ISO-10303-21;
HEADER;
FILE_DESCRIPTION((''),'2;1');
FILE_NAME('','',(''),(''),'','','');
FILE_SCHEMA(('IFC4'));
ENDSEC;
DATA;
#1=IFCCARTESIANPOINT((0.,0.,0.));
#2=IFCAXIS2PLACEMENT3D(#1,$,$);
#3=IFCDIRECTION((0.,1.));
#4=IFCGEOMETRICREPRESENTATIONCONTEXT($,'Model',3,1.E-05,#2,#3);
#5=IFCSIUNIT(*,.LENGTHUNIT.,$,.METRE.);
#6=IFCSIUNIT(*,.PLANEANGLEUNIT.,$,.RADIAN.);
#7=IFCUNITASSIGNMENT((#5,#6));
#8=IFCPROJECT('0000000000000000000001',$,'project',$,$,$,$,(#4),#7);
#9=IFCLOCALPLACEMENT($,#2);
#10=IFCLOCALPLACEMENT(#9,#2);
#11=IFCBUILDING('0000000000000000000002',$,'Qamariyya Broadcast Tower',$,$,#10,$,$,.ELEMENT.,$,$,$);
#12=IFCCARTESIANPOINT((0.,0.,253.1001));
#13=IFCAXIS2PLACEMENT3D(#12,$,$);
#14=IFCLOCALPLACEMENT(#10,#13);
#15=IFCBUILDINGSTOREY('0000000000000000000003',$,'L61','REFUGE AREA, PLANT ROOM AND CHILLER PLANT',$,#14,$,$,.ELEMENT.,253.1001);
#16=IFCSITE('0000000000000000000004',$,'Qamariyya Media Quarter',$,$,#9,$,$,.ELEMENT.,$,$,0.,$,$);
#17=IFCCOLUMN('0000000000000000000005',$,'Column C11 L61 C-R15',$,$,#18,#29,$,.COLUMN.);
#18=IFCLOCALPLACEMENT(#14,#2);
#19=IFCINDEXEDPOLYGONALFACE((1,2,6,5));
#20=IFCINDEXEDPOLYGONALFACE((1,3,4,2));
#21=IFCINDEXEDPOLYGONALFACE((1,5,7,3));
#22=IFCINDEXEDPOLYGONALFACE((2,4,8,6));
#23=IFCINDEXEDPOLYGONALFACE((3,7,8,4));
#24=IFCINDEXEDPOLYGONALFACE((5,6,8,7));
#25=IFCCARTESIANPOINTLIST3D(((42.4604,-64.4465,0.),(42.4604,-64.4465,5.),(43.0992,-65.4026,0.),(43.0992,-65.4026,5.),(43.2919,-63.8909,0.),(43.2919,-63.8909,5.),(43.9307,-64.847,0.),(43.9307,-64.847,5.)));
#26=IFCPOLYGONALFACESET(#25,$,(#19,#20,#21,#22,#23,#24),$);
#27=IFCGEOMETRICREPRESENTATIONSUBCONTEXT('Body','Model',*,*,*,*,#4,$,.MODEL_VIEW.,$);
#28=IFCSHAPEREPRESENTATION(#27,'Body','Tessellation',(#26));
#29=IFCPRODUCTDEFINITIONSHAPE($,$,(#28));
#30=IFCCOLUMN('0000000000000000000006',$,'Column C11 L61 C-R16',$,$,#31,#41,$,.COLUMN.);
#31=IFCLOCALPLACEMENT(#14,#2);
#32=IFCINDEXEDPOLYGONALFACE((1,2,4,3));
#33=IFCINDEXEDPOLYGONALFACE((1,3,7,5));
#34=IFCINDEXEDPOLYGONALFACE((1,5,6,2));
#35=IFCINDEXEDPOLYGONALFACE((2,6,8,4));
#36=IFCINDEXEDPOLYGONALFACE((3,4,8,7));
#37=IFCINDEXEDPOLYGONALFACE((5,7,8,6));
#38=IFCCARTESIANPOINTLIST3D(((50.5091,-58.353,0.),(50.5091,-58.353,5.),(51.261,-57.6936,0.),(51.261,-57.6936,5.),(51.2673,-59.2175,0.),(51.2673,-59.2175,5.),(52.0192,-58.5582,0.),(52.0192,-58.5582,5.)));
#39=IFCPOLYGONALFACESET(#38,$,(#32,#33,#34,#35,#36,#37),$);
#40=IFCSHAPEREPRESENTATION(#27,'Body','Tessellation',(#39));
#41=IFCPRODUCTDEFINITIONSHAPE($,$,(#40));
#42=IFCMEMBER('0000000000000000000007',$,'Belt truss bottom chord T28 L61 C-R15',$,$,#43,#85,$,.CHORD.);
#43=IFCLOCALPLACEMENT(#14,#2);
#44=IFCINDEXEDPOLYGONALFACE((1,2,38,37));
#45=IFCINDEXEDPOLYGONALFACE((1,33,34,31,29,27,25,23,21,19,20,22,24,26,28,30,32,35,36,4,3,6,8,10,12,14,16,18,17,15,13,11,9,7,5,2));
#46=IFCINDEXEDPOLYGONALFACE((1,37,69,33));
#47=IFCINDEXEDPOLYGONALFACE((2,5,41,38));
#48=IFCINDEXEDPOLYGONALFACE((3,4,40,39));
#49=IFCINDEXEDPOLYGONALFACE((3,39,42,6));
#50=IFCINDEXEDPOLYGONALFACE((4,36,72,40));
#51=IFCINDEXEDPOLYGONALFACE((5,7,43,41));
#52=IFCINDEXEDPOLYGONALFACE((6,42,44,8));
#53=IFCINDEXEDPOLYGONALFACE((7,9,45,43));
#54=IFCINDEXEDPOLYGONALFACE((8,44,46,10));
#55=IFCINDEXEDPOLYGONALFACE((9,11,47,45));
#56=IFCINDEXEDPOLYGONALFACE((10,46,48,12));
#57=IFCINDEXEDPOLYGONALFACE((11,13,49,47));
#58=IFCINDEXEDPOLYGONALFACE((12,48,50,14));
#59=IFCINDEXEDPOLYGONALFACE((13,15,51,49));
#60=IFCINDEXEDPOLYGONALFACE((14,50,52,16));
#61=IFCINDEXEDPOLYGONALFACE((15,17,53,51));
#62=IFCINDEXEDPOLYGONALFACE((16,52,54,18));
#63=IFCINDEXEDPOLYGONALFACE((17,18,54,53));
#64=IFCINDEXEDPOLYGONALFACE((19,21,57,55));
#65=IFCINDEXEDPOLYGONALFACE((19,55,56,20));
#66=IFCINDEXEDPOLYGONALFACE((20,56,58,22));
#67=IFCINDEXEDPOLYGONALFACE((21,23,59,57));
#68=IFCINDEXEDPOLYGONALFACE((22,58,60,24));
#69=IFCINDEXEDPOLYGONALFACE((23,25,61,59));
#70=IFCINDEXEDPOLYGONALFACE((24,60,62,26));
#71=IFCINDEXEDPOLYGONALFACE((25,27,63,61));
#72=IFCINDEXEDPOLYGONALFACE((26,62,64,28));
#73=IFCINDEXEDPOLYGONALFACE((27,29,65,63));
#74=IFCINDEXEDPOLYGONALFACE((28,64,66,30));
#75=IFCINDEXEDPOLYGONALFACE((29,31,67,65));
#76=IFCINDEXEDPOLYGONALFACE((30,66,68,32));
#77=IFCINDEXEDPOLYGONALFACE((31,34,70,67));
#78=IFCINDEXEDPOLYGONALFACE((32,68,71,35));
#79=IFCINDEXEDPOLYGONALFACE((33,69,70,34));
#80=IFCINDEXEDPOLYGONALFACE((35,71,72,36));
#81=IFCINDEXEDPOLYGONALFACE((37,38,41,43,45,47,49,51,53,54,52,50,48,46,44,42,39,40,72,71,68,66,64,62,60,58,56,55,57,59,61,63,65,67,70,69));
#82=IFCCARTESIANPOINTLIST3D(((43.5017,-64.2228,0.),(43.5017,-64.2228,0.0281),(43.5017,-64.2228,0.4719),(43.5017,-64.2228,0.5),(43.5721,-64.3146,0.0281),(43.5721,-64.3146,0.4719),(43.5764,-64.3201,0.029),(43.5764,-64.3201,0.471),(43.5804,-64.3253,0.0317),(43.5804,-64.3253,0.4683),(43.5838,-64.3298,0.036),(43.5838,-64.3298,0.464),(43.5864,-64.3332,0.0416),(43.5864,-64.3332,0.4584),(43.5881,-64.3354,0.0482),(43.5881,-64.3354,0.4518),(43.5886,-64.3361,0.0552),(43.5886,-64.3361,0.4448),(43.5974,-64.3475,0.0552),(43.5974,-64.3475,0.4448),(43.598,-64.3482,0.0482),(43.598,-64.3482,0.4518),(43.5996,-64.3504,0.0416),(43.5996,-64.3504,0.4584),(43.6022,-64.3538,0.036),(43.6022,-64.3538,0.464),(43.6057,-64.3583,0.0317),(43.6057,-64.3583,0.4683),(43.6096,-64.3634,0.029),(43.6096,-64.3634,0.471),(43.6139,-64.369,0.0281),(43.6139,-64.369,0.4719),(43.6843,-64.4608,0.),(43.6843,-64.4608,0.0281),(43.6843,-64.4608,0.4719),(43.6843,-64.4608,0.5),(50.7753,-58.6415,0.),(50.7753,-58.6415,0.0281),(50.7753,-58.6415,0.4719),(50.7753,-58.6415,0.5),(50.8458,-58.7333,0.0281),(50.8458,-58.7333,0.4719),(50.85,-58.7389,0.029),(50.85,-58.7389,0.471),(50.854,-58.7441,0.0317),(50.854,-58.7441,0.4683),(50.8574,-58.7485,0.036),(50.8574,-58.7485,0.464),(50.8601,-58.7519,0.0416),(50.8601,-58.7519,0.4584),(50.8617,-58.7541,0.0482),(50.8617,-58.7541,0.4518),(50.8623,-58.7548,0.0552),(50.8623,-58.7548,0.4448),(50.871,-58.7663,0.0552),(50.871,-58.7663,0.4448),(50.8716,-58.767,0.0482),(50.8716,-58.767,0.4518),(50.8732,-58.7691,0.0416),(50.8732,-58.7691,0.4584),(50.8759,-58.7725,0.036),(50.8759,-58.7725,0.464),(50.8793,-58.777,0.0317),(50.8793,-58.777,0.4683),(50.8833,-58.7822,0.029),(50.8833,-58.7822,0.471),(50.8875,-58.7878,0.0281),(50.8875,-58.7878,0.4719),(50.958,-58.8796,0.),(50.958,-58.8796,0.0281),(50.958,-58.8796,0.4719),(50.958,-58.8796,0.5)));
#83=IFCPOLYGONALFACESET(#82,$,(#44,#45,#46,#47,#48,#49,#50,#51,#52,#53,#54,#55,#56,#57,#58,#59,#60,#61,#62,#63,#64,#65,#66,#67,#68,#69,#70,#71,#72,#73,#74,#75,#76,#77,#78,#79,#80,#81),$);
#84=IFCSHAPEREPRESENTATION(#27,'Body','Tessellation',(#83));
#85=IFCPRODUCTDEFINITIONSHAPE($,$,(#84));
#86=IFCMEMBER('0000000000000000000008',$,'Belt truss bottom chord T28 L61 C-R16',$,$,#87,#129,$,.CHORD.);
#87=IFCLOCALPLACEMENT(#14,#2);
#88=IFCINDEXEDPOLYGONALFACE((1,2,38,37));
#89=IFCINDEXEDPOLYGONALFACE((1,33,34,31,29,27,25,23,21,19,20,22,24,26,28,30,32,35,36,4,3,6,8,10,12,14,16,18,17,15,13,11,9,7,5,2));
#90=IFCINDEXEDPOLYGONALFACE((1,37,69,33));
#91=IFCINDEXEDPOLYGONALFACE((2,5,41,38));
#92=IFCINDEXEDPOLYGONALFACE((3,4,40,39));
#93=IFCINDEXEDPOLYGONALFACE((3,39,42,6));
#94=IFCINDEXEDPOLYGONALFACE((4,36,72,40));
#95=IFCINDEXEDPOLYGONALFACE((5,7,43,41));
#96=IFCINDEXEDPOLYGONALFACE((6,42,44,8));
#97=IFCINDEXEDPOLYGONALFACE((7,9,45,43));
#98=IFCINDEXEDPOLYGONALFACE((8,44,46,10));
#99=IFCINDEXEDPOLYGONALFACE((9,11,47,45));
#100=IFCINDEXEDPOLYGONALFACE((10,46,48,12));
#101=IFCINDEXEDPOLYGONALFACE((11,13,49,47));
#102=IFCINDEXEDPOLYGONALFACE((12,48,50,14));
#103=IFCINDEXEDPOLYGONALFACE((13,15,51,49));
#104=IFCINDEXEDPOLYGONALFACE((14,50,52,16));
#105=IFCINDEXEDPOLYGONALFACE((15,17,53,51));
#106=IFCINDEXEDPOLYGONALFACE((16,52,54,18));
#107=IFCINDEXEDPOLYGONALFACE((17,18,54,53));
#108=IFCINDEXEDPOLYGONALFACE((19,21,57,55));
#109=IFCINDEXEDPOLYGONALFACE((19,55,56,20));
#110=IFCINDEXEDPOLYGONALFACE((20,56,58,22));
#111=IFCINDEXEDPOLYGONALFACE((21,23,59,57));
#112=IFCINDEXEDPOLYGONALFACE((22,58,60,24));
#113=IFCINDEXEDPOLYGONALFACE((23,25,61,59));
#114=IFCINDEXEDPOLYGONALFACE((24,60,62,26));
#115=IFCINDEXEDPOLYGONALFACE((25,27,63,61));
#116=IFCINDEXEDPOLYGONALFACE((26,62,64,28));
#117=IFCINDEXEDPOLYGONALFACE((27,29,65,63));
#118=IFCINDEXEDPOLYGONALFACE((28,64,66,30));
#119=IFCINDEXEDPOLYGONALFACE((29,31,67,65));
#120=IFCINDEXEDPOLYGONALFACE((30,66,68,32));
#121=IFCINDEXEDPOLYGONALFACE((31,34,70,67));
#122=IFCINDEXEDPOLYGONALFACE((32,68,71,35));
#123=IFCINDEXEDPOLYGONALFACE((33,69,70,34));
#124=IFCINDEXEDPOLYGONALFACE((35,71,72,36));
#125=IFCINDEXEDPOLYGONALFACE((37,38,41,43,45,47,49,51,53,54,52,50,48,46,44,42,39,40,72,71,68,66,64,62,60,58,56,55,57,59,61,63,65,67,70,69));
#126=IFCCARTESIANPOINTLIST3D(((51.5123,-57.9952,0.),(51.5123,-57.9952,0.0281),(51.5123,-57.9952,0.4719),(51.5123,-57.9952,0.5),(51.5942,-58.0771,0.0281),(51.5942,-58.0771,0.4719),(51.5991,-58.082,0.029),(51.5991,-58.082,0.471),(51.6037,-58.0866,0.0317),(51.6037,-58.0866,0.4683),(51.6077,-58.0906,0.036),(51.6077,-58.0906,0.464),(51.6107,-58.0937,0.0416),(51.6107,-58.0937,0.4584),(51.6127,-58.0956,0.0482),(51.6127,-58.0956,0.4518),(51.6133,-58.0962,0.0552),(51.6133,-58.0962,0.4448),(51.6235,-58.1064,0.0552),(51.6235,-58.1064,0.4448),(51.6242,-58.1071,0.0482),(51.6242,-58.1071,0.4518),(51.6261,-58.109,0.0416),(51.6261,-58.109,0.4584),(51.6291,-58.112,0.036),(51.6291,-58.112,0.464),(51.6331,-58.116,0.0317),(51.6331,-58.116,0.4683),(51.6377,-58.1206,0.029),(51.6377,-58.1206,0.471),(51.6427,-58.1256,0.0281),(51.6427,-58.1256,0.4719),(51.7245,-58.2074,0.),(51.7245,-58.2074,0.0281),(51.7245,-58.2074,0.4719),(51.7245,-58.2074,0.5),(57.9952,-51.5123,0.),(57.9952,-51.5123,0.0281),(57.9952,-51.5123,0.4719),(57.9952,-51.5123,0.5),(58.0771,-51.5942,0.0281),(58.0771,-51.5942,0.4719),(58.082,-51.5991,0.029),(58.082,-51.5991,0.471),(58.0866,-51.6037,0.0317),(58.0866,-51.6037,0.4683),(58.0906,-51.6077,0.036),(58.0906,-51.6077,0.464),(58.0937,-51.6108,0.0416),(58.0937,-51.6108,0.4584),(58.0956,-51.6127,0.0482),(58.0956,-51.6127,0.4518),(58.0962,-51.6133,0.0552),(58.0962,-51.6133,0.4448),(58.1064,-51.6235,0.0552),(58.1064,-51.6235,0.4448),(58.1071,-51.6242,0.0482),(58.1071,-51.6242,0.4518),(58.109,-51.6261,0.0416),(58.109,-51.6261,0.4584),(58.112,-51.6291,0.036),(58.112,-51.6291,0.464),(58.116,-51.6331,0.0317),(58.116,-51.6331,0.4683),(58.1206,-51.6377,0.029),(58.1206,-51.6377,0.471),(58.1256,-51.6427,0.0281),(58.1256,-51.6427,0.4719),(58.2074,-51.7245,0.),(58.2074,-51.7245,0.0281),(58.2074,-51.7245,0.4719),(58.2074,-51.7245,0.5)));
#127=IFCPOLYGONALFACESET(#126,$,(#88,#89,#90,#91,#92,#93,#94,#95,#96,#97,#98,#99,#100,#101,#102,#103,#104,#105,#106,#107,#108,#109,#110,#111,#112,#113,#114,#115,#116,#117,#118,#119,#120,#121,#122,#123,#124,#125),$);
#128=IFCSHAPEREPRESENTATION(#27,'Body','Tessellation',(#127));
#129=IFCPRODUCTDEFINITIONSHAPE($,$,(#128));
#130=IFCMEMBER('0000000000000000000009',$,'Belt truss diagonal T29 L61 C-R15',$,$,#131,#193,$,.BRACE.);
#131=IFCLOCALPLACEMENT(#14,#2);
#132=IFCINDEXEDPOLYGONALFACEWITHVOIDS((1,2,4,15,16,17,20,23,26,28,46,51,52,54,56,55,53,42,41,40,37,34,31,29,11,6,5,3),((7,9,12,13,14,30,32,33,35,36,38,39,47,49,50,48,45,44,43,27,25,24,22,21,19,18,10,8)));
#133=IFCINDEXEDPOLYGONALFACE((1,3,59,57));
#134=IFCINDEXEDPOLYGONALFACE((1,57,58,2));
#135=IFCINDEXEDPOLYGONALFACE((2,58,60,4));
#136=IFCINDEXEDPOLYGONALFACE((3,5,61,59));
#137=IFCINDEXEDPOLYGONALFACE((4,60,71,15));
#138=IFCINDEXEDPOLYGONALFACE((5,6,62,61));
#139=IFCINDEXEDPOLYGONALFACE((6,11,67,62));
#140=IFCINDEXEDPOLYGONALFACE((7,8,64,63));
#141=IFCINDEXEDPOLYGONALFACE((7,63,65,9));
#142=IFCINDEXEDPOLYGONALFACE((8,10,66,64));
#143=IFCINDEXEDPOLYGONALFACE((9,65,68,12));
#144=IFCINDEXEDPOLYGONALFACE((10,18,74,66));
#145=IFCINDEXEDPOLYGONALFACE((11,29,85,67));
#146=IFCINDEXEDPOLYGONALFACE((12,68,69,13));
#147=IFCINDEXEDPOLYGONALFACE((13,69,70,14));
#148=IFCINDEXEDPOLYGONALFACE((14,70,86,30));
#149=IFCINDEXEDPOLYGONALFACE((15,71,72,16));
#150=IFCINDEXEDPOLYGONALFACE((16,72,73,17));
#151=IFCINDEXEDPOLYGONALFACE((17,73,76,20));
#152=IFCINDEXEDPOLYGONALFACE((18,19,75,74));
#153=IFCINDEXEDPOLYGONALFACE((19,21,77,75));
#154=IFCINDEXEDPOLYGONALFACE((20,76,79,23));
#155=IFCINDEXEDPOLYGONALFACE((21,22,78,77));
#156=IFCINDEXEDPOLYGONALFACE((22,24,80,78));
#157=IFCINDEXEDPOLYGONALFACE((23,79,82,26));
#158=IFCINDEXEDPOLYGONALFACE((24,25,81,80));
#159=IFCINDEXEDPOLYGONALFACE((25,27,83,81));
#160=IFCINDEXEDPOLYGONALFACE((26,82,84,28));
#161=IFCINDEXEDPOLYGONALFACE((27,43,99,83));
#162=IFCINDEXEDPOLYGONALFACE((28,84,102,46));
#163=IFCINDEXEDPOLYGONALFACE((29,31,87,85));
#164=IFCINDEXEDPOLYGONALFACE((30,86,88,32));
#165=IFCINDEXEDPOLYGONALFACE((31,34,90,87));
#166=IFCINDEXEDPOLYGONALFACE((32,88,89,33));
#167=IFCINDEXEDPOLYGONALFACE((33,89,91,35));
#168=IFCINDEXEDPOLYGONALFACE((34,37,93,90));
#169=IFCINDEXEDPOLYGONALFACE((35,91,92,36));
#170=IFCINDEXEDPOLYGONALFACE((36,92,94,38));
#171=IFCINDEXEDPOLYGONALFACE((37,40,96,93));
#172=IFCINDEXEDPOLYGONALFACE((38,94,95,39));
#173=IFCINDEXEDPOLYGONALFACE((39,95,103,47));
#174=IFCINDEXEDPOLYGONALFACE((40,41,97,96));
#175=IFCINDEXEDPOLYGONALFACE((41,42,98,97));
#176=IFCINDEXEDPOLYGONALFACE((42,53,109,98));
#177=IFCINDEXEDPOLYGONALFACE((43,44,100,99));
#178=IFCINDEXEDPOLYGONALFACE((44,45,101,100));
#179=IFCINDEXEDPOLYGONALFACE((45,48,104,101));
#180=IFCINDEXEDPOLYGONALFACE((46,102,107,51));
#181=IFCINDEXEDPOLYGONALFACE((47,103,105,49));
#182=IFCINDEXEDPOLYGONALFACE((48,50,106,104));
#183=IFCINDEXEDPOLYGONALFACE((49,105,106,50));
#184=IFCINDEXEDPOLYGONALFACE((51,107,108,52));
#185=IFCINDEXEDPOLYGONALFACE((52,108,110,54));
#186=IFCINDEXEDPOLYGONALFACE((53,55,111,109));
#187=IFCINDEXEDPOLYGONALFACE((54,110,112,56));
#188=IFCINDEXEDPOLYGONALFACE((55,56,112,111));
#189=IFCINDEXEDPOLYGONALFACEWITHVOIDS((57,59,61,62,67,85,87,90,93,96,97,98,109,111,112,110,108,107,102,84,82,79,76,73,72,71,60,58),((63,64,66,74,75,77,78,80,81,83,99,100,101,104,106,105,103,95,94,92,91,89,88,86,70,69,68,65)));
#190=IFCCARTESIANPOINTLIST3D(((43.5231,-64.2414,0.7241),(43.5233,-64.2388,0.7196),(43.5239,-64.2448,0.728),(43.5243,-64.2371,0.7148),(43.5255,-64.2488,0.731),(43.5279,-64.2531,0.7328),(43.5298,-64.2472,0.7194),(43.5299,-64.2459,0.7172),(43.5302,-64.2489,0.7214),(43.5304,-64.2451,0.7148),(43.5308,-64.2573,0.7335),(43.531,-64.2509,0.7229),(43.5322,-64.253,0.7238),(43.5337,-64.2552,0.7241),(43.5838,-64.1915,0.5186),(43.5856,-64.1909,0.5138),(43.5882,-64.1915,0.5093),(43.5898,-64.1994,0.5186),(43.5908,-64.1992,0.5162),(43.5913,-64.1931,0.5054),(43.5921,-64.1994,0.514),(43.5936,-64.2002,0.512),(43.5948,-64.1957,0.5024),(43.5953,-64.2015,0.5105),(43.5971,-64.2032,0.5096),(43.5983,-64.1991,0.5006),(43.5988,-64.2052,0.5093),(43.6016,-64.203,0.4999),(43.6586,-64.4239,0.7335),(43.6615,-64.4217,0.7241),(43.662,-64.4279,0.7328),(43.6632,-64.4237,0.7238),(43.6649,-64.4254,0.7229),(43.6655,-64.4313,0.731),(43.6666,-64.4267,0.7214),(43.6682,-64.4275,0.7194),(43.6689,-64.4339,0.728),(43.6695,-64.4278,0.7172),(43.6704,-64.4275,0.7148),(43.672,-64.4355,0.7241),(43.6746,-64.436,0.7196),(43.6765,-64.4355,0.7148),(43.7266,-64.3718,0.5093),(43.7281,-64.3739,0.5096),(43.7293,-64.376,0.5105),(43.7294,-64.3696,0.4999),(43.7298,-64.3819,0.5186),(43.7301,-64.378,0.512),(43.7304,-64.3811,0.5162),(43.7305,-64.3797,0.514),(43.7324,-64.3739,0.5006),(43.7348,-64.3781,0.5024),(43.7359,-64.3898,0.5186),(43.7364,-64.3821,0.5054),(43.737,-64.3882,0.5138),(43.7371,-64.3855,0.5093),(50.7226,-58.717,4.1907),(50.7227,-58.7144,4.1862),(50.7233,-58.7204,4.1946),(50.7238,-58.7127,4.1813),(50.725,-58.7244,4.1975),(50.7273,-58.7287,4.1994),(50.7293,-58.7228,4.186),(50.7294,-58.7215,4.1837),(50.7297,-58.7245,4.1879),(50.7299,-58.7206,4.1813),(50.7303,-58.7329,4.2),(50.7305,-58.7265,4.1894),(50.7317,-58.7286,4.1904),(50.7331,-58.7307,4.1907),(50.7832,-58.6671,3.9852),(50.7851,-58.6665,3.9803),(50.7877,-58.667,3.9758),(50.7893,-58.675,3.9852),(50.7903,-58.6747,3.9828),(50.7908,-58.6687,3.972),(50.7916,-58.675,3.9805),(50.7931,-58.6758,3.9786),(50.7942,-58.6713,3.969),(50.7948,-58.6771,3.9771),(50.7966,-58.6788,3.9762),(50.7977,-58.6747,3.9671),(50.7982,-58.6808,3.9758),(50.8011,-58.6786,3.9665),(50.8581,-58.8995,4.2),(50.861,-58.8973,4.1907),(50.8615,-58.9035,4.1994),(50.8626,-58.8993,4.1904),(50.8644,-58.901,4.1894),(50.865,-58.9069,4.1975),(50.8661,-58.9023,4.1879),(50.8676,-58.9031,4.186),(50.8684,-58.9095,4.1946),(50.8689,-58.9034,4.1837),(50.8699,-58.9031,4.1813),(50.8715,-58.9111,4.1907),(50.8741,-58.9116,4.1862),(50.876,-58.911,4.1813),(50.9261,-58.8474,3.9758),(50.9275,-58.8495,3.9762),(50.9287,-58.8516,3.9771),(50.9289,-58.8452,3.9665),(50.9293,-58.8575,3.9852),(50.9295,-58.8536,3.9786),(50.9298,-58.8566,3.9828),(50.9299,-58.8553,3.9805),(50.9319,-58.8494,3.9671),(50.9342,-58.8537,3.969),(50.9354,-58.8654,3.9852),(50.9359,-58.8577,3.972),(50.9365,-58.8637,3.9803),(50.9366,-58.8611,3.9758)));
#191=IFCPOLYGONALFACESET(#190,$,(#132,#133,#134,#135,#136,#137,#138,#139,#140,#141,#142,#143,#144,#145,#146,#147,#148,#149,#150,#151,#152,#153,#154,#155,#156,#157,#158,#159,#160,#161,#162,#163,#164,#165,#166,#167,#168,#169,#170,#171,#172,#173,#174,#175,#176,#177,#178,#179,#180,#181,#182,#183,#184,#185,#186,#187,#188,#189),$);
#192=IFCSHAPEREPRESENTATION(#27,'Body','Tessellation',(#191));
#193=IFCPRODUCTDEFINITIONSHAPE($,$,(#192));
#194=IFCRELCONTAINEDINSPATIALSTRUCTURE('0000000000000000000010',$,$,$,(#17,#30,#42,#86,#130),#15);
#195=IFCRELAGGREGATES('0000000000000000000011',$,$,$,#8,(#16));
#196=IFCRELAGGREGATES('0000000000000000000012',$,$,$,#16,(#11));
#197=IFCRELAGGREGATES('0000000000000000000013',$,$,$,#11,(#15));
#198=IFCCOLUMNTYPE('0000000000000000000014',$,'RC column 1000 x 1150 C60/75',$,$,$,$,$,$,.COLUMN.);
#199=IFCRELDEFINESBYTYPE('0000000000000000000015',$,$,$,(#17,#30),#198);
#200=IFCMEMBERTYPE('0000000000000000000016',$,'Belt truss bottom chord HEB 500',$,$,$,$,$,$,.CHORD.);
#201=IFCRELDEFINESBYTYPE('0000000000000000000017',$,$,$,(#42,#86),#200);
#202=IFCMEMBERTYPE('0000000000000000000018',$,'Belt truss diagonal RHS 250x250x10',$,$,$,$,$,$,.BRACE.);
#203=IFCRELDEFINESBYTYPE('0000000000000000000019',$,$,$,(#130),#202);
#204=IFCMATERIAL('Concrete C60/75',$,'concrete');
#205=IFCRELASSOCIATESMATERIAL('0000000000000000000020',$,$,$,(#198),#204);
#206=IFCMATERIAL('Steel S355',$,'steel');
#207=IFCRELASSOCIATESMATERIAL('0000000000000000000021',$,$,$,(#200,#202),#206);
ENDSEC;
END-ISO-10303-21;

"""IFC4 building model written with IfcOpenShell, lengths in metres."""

from ifc_helpers import new_model, si_unit, direction, frame, origin, origin_2d, place, context, subcontext, project, spatial, rectangle, hollow_rectangle, i_section, extrude, material, material_profile, profile_set, type_object, element, save


model = new_model("IFC4")

# Units and contexts
model_context = context("Model", 3, precision=1e-05, world=origin(), true_north=direction((0.0, 1.0)))
body_context = subcontext(model_context, "Body", "Model", "MODEL_VIEW")
ifc_project = project(units=[si_unit("LENGTHUNIT", "METRE"), si_unit("PLANEANGLEUNIT", "RADIAN")], contexts=[model_context])

# Site, building, storey
site_placement = place(None, origin())
site = spatial("IfcSite", under=ifc_project, at=site_placement, Name="Qamariyya Media Quarter", CompositionType="ELEMENT", RefElevation=0.0)
building_placement = place(site_placement, origin())
building = spatial("IfcBuilding", under=site, at=building_placement, Name="Qamariyya Broadcast Tower", CompositionType="ELEMENT")
storey_placement = place(building_placement, frame((0.0, 0.0, 253.1001)))
storey = spatial("IfcBuildingStorey", under=building, at=storey_placement, Name="L61", Description="REFUGE AREA, PLANT ROOM AND CHILLER PLANT", CompositionType="ELEMENT", Elevation=253.1001)

# Columns
ifc_material_1 = material(Name="Concrete C60/75", Category="concrete")
ifc_material_profile_1 = material_profile(ifc_material_1, rectangle(XDim=1.0, YDim=1.1499, at=origin_2d()))
ifc_profile_set_1 = profile_set([ifc_material_profile_1], Name="Concrete C60/75")
column_type = type_object("IfcColumnType", Name="RC column 1000 x 1150 C60/75", PredefinedType="COLUMN", material=ifc_profile_set_1)
for number, where, z_axis, x_axis, name in (
    (1, (43.1956, -64.6467, 0.0), (0.0, 0.0, 1.0), (0.83147, 0.55557, 0.0), "Column C11 L61 C-R15"),
    (2, (51.2642, -58.4556, 0.0), (0.0, 0.0, 1.0), (0.75184, 0.659346, 0.0), "Column C11 L61 C-R16"),
):
    element("IfcColumn", number, at=place(storey_placement, frame(where, z_axis=z_axis, x_axis=x_axis)), inside=storey, type_object=column_type, Name=name, PredefinedType="COLUMN", context=body_context, shape_type="SweptSolid", body=[
        extrude(rectangle(XDim=1.0, YDim=1.1499, at=origin_2d()), origin(), (0.0, 0.0, 1.0), 5.0),
    ])

# Members
ifc_material_2 = material(Name="Steel S355", Category="steel")
ifc_material_profile_2 = material_profile(ifc_material_2, i_section(OverallWidth=0.3, OverallDepth=0.5, WebThickness=0.0144, FlangeThickness=0.0281, FilletRadius=0.0271, at=origin_2d()))
ifc_profile_set_2 = profile_set([ifc_material_profile_2], Name="Steel S355")
member_type_1 = type_object("IfcMemberType", Name="Belt truss bottom chord HEB 500", PredefinedType="CHORD", material=ifc_profile_set_2)
for number, where, z_axis, x_axis, name in (
    (3, (43.593, -64.3418, 0.25), (0.793353, 0.608762, 0.0), (-0.608762, 0.793353, 0.0), "Belt truss bottom chord T28 L61 C-R15"),
    (4, (51.6184, -58.1013, 0.25), (0.707107, 0.707107, 0.0), (-0.707107, 0.707107, 0.0), "Belt truss bottom chord T28 L61 C-R16"),
):
    element("IfcMember", number, at=place(storey_placement, frame(where, z_axis=z_axis, x_axis=x_axis)), inside=storey, type_object=member_type_1, Name=name, PredefinedType="CHORD", context=body_context, shape_type="SweptSolid", body=[
        extrude(i_section(OverallWidth=0.3, OverallDepth=0.5, WebThickness=0.0144, FlangeThickness=0.0281, FilletRadius=0.0271, at=origin_2d()), origin(), (0.0, 0.0, 1.0), 9.1682),
    ])
ifc_material_profile_3 = material_profile(ifc_material_2, hollow_rectangle(XDim=0.25, YDim=0.25, WallThickness=0.01, InnerFilletRadius=0.01, OuterFilletRadius=0.02, at=origin_2d()))
ifc_profile_set_3 = profile_set([ifc_material_profile_3], Name="Steel S355")
member_type_2 = type_object("IfcMemberType", Name="Belt truss diagonal RHS 250x250x10", PredefinedType="BRACE", material=ifc_profile_set_3)
member_1_placement = place(storey_placement, frame((43.6301, -64.3135, 0.6167), z_axis=(0.741117, 0.568686, 0.356849), x_axis=(-0.608766, 0.79335, 0.0)))
element("IfcMember", 5, at=member_1_placement, inside=storey, type_object=member_type_2, Name="Belt truss diagonal T29 L61 C-R15", PredefinedType="BRACE", context=body_context, shape_type="SweptSolid", body=[
    extrude(hollow_rectangle(XDim=0.25, YDim=0.25, WallThickness=0.01, InnerFilletRadius=0.01, OuterFilletRadius=0.02, at=origin_2d()), origin(), (0.0, 0.0, 1.0), 9.7144),
])

save(model, "model.ifc")
